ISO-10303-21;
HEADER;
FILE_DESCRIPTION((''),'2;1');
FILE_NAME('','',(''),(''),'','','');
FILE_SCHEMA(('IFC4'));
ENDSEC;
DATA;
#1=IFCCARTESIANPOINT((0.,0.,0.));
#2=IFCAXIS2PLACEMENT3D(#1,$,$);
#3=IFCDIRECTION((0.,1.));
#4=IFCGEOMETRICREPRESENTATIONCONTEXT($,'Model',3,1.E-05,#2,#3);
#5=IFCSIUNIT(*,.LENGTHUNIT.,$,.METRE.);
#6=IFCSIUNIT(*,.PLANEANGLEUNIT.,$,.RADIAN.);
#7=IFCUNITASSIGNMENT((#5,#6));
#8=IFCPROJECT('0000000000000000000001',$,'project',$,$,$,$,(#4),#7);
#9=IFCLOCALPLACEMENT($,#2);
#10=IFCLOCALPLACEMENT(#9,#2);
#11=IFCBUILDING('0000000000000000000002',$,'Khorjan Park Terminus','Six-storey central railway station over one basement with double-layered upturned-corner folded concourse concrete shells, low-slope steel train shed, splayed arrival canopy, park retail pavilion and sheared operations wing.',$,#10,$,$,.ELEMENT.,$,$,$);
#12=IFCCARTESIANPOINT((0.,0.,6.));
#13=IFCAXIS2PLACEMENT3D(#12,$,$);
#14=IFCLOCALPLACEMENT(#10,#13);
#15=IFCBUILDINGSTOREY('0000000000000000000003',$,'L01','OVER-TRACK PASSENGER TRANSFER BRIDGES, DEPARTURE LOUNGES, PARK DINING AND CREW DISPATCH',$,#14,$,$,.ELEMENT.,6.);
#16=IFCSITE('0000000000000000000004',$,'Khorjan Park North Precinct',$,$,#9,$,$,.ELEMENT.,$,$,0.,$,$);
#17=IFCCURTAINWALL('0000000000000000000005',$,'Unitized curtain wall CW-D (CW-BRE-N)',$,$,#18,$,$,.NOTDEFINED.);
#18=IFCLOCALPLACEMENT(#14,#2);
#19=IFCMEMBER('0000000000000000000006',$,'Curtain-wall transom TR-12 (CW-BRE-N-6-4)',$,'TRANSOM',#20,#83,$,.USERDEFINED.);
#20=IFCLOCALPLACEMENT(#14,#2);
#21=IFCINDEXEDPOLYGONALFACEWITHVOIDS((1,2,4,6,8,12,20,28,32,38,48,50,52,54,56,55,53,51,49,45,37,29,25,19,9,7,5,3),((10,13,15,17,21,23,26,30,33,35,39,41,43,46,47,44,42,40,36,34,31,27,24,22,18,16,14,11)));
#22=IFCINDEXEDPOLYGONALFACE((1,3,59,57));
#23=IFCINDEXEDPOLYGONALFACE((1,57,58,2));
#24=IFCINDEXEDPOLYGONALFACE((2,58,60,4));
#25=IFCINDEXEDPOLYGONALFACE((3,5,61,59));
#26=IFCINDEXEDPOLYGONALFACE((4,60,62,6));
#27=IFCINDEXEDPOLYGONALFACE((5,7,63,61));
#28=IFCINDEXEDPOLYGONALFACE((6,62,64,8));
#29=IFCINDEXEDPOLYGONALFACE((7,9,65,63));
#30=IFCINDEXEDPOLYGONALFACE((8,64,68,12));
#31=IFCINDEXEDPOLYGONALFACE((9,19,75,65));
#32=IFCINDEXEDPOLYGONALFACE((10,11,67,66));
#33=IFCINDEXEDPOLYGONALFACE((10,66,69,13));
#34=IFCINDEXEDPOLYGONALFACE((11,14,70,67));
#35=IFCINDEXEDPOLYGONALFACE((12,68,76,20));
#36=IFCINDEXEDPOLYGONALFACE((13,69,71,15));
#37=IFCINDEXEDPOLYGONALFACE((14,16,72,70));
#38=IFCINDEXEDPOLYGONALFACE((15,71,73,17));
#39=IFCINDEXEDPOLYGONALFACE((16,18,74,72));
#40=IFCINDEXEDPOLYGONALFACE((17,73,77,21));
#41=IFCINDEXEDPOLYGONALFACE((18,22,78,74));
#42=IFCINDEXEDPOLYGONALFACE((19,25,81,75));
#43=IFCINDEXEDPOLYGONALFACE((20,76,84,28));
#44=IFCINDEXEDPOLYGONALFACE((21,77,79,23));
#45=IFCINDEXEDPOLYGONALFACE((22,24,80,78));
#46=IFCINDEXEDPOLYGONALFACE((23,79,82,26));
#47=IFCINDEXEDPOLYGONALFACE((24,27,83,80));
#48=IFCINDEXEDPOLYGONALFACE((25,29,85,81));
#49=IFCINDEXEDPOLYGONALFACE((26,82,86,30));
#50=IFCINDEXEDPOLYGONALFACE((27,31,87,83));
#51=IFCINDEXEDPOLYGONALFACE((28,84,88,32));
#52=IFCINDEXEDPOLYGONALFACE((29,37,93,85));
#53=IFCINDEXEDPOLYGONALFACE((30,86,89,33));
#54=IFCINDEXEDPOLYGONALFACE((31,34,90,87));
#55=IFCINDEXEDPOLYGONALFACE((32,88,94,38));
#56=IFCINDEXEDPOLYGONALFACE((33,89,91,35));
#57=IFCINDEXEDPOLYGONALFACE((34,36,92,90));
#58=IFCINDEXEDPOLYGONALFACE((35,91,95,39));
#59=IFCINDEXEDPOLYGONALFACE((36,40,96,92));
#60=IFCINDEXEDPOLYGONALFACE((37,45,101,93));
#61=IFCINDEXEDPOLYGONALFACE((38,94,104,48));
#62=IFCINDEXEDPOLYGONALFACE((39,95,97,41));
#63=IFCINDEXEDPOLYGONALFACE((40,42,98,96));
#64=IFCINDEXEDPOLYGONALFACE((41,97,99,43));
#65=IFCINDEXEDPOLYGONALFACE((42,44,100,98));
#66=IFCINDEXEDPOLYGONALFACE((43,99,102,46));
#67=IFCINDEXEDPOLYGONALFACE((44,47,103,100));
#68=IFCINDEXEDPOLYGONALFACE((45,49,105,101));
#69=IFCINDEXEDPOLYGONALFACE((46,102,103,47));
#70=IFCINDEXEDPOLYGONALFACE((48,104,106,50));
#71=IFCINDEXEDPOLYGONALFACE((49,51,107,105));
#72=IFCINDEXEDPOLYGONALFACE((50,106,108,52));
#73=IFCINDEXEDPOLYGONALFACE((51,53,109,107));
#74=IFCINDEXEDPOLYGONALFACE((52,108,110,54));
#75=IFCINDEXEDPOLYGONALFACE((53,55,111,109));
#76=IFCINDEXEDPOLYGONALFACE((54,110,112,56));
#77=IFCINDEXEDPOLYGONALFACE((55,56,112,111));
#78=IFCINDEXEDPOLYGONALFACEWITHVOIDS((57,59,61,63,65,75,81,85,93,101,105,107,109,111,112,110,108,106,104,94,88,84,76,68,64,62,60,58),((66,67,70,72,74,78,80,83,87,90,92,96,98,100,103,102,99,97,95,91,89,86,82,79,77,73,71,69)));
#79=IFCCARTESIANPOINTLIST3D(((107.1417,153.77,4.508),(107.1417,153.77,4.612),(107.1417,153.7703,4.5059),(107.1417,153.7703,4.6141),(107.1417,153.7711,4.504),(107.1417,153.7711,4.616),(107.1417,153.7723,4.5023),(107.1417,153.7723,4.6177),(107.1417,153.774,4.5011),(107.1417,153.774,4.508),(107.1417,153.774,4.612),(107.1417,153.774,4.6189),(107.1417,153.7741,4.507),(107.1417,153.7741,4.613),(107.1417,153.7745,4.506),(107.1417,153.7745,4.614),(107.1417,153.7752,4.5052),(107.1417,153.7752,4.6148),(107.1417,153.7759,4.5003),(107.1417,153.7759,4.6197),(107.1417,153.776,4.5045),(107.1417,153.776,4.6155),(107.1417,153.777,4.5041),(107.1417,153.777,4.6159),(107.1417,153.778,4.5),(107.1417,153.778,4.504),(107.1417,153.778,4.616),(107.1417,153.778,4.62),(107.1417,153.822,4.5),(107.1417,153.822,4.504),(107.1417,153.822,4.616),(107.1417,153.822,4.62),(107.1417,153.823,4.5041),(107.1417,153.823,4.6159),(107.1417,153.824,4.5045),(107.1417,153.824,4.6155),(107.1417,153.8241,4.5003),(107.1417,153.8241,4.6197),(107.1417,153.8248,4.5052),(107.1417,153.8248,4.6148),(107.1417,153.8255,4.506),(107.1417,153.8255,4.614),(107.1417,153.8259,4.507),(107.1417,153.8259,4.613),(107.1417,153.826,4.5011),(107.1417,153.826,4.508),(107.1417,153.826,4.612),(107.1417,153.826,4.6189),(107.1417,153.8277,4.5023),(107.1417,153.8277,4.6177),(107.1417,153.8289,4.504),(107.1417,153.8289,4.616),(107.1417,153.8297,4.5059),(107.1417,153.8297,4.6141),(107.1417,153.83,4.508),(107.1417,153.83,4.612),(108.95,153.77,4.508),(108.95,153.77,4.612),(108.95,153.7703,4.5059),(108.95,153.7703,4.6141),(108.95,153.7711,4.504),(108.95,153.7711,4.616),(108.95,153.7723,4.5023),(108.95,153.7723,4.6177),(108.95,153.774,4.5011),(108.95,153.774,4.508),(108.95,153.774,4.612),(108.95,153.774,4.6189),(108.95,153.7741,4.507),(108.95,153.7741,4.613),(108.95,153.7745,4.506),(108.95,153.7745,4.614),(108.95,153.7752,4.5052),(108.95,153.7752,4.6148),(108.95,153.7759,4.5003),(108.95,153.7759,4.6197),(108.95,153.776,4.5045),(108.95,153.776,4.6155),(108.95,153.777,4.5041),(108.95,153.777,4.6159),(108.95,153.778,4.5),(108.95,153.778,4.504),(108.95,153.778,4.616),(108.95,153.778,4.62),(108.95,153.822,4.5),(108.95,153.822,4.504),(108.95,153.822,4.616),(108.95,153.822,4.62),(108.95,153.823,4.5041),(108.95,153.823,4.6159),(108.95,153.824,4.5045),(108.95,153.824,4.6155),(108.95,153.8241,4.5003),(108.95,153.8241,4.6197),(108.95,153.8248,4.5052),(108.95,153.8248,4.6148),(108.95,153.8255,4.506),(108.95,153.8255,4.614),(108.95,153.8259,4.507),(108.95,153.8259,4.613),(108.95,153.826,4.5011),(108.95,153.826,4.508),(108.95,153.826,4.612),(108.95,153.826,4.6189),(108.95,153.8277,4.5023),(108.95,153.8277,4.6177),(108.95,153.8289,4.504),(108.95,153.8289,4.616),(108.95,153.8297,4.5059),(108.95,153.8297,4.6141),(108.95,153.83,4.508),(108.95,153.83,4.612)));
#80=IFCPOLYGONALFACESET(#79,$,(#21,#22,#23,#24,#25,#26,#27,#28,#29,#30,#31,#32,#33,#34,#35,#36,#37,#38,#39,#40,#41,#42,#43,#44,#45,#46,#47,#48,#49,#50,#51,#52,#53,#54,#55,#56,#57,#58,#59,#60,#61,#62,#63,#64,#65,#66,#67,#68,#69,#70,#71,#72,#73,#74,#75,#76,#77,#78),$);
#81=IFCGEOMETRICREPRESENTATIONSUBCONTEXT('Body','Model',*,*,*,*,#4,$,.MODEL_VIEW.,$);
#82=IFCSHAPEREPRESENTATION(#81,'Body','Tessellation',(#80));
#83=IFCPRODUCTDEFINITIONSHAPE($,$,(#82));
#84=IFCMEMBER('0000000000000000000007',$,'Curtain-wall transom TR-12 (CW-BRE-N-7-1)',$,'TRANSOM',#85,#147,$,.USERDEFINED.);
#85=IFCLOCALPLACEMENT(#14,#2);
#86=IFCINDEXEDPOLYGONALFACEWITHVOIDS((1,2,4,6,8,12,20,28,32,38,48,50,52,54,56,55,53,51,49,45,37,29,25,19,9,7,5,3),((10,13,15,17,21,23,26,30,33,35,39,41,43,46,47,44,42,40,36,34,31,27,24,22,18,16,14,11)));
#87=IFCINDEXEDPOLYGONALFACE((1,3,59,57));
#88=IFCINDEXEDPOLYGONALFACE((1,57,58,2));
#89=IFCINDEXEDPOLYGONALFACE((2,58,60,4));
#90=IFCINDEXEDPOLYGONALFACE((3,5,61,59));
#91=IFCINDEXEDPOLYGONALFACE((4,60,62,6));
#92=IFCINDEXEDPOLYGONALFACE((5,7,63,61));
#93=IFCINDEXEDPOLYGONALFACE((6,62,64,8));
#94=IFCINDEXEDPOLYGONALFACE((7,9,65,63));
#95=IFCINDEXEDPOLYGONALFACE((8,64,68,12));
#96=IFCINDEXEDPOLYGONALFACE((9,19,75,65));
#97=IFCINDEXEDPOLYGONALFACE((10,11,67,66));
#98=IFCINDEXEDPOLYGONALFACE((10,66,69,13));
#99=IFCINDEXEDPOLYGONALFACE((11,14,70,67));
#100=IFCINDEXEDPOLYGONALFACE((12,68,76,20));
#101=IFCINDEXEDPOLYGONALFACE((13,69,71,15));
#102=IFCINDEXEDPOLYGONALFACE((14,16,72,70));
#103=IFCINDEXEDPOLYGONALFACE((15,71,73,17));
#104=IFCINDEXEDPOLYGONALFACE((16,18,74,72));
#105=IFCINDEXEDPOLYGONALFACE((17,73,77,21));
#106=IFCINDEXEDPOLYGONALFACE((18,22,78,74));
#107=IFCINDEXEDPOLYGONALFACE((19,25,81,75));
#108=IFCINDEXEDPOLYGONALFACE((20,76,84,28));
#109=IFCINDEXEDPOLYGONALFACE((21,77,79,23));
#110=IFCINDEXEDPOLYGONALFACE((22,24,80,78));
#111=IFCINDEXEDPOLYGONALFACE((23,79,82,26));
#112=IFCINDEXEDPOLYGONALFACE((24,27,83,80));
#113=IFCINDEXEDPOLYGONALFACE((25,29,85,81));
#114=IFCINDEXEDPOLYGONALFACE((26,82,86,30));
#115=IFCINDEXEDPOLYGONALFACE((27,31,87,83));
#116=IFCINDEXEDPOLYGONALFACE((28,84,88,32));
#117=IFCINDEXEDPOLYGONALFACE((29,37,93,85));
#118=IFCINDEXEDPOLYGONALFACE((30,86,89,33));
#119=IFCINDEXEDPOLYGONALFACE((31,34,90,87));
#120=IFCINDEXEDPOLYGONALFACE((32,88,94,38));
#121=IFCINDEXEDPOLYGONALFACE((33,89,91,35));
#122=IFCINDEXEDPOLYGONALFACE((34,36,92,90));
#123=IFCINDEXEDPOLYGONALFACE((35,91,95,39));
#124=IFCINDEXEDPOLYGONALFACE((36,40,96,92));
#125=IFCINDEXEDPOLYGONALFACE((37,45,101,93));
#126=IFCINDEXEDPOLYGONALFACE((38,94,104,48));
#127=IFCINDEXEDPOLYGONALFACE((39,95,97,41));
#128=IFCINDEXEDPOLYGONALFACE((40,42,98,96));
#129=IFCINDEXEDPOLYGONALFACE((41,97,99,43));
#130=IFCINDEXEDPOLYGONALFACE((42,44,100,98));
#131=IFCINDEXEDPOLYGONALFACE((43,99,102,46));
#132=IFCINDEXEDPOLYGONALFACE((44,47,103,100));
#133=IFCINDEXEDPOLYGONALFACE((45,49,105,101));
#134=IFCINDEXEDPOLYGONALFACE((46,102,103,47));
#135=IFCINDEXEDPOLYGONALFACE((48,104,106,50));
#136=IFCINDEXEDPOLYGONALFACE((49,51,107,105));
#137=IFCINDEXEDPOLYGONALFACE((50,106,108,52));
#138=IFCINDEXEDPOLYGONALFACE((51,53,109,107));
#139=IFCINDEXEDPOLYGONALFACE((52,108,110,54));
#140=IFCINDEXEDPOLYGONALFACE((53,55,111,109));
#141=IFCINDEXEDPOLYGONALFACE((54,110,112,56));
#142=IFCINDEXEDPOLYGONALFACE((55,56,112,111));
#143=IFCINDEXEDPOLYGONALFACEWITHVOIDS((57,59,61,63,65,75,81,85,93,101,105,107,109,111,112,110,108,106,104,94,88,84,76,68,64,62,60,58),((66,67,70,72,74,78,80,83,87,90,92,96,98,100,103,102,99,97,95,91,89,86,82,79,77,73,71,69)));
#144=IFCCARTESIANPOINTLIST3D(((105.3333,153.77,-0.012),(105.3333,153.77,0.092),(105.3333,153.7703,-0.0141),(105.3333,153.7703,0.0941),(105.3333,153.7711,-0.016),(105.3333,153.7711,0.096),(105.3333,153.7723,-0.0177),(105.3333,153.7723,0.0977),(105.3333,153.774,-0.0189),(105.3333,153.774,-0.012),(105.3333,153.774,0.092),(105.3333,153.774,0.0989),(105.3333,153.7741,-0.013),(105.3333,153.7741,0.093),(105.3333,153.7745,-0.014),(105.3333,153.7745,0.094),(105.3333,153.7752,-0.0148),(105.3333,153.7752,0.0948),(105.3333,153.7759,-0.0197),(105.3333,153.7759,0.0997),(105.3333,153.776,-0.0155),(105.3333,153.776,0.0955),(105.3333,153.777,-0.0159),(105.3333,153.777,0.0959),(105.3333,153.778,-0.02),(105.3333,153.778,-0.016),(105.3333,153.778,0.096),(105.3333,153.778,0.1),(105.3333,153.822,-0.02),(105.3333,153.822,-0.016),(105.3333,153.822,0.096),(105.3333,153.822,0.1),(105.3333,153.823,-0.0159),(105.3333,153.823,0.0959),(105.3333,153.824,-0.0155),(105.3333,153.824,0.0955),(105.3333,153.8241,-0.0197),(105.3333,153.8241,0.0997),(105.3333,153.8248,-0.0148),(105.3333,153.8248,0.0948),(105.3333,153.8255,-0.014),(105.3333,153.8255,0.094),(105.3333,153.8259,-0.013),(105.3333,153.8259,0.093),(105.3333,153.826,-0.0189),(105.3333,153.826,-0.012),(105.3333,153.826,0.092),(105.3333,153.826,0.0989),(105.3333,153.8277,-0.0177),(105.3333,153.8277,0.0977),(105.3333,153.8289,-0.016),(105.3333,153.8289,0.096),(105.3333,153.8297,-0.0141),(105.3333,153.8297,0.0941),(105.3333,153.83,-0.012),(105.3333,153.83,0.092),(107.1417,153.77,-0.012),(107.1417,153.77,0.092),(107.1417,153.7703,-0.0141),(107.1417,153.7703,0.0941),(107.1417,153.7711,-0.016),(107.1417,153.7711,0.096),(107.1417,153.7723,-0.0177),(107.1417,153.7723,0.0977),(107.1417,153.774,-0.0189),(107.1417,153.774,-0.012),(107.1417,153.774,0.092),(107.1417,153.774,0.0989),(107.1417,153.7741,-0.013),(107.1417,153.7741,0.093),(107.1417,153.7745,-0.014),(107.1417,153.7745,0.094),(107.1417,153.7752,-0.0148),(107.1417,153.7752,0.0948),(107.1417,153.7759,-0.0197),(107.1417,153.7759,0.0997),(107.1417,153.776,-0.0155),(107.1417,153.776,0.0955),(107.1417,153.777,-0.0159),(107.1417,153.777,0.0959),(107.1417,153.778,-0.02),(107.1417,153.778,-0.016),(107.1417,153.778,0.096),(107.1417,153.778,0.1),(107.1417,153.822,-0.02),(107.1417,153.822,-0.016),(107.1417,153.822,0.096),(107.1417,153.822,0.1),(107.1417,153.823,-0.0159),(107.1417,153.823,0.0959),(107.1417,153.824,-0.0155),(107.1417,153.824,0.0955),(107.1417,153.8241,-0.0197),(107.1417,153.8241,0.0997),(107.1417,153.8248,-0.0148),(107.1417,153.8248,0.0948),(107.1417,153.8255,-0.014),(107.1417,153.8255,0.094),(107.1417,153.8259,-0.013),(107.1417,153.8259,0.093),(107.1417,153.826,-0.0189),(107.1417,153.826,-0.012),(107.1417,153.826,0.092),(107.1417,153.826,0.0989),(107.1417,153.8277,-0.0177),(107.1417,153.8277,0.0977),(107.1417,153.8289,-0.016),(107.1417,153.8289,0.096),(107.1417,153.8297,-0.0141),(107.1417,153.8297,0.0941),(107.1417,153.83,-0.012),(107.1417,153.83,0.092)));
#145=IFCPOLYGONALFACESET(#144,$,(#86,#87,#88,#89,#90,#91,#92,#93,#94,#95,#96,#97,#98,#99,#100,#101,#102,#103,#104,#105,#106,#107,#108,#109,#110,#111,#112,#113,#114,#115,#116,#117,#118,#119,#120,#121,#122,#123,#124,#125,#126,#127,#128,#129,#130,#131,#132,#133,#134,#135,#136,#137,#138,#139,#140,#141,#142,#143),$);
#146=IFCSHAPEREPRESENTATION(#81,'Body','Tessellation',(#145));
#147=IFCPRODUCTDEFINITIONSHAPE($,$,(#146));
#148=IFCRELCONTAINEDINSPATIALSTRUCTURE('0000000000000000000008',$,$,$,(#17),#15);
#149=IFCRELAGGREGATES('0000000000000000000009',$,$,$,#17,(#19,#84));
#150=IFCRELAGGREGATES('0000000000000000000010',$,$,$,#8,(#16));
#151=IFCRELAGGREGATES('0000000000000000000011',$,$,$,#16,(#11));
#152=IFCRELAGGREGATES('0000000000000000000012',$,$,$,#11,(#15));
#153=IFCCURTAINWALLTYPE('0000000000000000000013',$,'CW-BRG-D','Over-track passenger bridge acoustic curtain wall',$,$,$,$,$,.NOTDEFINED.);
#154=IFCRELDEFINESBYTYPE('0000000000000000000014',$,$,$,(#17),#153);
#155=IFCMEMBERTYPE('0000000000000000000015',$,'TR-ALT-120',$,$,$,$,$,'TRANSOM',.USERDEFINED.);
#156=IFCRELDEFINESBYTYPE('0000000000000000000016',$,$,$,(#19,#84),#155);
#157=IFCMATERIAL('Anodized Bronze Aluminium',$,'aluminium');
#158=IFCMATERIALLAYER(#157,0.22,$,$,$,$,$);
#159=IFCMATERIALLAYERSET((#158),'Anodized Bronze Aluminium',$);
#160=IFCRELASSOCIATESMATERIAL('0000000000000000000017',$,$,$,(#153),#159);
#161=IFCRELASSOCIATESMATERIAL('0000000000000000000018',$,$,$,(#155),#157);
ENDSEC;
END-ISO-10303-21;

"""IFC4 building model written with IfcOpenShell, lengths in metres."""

from ifc_helpers import new_model, si_unit, direction, frame, origin, origin_2d, place, context, subcontext, project, spatial, hollow_rectangle, extrude, material, layer, layer_set, material_profile, profile_set, type_object, element, aggregate, save


model = new_model("IFC4")

# Units and contexts
model_context = context("Model", 3, precision=1e-05, world=origin(), true_north=direction((0.0, 1.0)))
body_context = subcontext(model_context, "Body", "Model", "MODEL_VIEW")
ifc_project = project(units=[si_unit("LENGTHUNIT", "METRE"), si_unit("PLANEANGLEUNIT", "RADIAN")], contexts=[model_context])

# Site, building, storey
site_placement = place(None, origin())
site = spatial("IfcSite", under=ifc_project, at=site_placement, Name="Khorjan Park North Precinct", CompositionType="ELEMENT", RefElevation=0.0)
building_placement = place(site_placement, origin())
building = spatial("IfcBuilding", under=site, at=building_placement, Name="Khorjan Park Terminus", Description="Six-storey central railway station over one basement with double-layered upturned-corner folded concourse concrete shells, low-slope steel train shed, splayed arrival canopy, park retail pavilion and sheared operations wing.", CompositionType="ELEMENT")
storey_placement = place(building_placement, frame((0.0, 0.0, 6.0)))
storey = spatial("IfcBuildingStorey", under=building, at=storey_placement, Name="L01", Description="OVER-TRACK PASSENGER TRANSFER BRIDGES, DEPARTURE LOUNGES, PARK DINING AND CREW DISPATCH", CompositionType="ELEMENT", Elevation=6.0)

# Curtain wall, members
ifc_material_1 = material(Name="Anodized Bronze Aluminium", Category="aluminium")
ifc_layer_1 = layer(ifc_material_1, 0.22)
ifc_layer_set_1 = layer_set([ifc_layer_1], Name="Anodized Bronze Aluminium")
curtain_wall_type = type_object("IfcCurtainWallType", Name="CW-BRG-D", Description="Over-track passenger bridge acoustic curtain wall", PredefinedType="NOTDEFINED", material=ifc_layer_set_1)
curtain_wall_placement = place(storey_placement, origin())
curtain_wall = element("IfcCurtainWall", 1, at=curtain_wall_placement, inside=storey, type_object=curtain_wall_type, Name="Unitized curtain wall CW-D (CW-BRE-N)", PredefinedType="NOTDEFINED")
ifc_material_profile_1 = material_profile(ifc_material_1, hollow_rectangle(XDim=0.06, YDim=0.12, WallThickness=0.004, InnerFilletRadius=0.004, OuterFilletRadius=0.008, at=origin_2d()), Name="ALT 60x120x4")
ifc_profile_set_1 = profile_set([ifc_material_profile_1], Name="Anodized Bronze Aluminium")
member_type_1 = type_object("IfcMemberType", Name="TR-ALT-120", ElementType="TRANSOM", PredefinedType="USERDEFINED", material=ifc_profile_set_1)
member_1_placement = place(storey_placement, frame((108.95, 153.8, 4.56), z_axis=(-1.0, 0.0, 0.0), x_axis=(0.0, -1.0, 0.0)))
member_1 = element("IfcMember", 2, at=member_1_placement, type_object=member_type_1, Name="Curtain-wall transom TR-12 (CW-BRE-N-6-4)", ObjectType="TRANSOM", PredefinedType="USERDEFINED", context=body_context, shape_type="SweptSolid", body=[
    extrude(hollow_rectangle(XDim=0.06, YDim=0.12, WallThickness=0.004, InnerFilletRadius=0.004, OuterFilletRadius=0.008, at=origin_2d()), origin(), (0.0, 0.0, 1.0), 1.8083),
])
member_2_placement = place(storey_placement, frame((107.1417, 153.8, 0.04), z_axis=(-1.0, 0.0, 0.0), x_axis=(0.0, -1.0, 0.0)))
member_2 = element("IfcMember", 3, at=member_2_placement, type_object=member_type_1, Name="Curtain-wall transom TR-12 (CW-BRE-N-7-1)", ObjectType="TRANSOM", PredefinedType="USERDEFINED", context=body_context, shape_type="SweptSolid", body=[
    extrude(hollow_rectangle(XDim=0.06, YDim=0.12, WallThickness=0.004, InnerFilletRadius=0.004, OuterFilletRadius=0.008, at=origin_2d()), origin(), (0.0, 0.0, 1.0), 1.8084),
])
aggregate(curtain_wall, [member_1, member_2])

save(model, "model.ifc")
